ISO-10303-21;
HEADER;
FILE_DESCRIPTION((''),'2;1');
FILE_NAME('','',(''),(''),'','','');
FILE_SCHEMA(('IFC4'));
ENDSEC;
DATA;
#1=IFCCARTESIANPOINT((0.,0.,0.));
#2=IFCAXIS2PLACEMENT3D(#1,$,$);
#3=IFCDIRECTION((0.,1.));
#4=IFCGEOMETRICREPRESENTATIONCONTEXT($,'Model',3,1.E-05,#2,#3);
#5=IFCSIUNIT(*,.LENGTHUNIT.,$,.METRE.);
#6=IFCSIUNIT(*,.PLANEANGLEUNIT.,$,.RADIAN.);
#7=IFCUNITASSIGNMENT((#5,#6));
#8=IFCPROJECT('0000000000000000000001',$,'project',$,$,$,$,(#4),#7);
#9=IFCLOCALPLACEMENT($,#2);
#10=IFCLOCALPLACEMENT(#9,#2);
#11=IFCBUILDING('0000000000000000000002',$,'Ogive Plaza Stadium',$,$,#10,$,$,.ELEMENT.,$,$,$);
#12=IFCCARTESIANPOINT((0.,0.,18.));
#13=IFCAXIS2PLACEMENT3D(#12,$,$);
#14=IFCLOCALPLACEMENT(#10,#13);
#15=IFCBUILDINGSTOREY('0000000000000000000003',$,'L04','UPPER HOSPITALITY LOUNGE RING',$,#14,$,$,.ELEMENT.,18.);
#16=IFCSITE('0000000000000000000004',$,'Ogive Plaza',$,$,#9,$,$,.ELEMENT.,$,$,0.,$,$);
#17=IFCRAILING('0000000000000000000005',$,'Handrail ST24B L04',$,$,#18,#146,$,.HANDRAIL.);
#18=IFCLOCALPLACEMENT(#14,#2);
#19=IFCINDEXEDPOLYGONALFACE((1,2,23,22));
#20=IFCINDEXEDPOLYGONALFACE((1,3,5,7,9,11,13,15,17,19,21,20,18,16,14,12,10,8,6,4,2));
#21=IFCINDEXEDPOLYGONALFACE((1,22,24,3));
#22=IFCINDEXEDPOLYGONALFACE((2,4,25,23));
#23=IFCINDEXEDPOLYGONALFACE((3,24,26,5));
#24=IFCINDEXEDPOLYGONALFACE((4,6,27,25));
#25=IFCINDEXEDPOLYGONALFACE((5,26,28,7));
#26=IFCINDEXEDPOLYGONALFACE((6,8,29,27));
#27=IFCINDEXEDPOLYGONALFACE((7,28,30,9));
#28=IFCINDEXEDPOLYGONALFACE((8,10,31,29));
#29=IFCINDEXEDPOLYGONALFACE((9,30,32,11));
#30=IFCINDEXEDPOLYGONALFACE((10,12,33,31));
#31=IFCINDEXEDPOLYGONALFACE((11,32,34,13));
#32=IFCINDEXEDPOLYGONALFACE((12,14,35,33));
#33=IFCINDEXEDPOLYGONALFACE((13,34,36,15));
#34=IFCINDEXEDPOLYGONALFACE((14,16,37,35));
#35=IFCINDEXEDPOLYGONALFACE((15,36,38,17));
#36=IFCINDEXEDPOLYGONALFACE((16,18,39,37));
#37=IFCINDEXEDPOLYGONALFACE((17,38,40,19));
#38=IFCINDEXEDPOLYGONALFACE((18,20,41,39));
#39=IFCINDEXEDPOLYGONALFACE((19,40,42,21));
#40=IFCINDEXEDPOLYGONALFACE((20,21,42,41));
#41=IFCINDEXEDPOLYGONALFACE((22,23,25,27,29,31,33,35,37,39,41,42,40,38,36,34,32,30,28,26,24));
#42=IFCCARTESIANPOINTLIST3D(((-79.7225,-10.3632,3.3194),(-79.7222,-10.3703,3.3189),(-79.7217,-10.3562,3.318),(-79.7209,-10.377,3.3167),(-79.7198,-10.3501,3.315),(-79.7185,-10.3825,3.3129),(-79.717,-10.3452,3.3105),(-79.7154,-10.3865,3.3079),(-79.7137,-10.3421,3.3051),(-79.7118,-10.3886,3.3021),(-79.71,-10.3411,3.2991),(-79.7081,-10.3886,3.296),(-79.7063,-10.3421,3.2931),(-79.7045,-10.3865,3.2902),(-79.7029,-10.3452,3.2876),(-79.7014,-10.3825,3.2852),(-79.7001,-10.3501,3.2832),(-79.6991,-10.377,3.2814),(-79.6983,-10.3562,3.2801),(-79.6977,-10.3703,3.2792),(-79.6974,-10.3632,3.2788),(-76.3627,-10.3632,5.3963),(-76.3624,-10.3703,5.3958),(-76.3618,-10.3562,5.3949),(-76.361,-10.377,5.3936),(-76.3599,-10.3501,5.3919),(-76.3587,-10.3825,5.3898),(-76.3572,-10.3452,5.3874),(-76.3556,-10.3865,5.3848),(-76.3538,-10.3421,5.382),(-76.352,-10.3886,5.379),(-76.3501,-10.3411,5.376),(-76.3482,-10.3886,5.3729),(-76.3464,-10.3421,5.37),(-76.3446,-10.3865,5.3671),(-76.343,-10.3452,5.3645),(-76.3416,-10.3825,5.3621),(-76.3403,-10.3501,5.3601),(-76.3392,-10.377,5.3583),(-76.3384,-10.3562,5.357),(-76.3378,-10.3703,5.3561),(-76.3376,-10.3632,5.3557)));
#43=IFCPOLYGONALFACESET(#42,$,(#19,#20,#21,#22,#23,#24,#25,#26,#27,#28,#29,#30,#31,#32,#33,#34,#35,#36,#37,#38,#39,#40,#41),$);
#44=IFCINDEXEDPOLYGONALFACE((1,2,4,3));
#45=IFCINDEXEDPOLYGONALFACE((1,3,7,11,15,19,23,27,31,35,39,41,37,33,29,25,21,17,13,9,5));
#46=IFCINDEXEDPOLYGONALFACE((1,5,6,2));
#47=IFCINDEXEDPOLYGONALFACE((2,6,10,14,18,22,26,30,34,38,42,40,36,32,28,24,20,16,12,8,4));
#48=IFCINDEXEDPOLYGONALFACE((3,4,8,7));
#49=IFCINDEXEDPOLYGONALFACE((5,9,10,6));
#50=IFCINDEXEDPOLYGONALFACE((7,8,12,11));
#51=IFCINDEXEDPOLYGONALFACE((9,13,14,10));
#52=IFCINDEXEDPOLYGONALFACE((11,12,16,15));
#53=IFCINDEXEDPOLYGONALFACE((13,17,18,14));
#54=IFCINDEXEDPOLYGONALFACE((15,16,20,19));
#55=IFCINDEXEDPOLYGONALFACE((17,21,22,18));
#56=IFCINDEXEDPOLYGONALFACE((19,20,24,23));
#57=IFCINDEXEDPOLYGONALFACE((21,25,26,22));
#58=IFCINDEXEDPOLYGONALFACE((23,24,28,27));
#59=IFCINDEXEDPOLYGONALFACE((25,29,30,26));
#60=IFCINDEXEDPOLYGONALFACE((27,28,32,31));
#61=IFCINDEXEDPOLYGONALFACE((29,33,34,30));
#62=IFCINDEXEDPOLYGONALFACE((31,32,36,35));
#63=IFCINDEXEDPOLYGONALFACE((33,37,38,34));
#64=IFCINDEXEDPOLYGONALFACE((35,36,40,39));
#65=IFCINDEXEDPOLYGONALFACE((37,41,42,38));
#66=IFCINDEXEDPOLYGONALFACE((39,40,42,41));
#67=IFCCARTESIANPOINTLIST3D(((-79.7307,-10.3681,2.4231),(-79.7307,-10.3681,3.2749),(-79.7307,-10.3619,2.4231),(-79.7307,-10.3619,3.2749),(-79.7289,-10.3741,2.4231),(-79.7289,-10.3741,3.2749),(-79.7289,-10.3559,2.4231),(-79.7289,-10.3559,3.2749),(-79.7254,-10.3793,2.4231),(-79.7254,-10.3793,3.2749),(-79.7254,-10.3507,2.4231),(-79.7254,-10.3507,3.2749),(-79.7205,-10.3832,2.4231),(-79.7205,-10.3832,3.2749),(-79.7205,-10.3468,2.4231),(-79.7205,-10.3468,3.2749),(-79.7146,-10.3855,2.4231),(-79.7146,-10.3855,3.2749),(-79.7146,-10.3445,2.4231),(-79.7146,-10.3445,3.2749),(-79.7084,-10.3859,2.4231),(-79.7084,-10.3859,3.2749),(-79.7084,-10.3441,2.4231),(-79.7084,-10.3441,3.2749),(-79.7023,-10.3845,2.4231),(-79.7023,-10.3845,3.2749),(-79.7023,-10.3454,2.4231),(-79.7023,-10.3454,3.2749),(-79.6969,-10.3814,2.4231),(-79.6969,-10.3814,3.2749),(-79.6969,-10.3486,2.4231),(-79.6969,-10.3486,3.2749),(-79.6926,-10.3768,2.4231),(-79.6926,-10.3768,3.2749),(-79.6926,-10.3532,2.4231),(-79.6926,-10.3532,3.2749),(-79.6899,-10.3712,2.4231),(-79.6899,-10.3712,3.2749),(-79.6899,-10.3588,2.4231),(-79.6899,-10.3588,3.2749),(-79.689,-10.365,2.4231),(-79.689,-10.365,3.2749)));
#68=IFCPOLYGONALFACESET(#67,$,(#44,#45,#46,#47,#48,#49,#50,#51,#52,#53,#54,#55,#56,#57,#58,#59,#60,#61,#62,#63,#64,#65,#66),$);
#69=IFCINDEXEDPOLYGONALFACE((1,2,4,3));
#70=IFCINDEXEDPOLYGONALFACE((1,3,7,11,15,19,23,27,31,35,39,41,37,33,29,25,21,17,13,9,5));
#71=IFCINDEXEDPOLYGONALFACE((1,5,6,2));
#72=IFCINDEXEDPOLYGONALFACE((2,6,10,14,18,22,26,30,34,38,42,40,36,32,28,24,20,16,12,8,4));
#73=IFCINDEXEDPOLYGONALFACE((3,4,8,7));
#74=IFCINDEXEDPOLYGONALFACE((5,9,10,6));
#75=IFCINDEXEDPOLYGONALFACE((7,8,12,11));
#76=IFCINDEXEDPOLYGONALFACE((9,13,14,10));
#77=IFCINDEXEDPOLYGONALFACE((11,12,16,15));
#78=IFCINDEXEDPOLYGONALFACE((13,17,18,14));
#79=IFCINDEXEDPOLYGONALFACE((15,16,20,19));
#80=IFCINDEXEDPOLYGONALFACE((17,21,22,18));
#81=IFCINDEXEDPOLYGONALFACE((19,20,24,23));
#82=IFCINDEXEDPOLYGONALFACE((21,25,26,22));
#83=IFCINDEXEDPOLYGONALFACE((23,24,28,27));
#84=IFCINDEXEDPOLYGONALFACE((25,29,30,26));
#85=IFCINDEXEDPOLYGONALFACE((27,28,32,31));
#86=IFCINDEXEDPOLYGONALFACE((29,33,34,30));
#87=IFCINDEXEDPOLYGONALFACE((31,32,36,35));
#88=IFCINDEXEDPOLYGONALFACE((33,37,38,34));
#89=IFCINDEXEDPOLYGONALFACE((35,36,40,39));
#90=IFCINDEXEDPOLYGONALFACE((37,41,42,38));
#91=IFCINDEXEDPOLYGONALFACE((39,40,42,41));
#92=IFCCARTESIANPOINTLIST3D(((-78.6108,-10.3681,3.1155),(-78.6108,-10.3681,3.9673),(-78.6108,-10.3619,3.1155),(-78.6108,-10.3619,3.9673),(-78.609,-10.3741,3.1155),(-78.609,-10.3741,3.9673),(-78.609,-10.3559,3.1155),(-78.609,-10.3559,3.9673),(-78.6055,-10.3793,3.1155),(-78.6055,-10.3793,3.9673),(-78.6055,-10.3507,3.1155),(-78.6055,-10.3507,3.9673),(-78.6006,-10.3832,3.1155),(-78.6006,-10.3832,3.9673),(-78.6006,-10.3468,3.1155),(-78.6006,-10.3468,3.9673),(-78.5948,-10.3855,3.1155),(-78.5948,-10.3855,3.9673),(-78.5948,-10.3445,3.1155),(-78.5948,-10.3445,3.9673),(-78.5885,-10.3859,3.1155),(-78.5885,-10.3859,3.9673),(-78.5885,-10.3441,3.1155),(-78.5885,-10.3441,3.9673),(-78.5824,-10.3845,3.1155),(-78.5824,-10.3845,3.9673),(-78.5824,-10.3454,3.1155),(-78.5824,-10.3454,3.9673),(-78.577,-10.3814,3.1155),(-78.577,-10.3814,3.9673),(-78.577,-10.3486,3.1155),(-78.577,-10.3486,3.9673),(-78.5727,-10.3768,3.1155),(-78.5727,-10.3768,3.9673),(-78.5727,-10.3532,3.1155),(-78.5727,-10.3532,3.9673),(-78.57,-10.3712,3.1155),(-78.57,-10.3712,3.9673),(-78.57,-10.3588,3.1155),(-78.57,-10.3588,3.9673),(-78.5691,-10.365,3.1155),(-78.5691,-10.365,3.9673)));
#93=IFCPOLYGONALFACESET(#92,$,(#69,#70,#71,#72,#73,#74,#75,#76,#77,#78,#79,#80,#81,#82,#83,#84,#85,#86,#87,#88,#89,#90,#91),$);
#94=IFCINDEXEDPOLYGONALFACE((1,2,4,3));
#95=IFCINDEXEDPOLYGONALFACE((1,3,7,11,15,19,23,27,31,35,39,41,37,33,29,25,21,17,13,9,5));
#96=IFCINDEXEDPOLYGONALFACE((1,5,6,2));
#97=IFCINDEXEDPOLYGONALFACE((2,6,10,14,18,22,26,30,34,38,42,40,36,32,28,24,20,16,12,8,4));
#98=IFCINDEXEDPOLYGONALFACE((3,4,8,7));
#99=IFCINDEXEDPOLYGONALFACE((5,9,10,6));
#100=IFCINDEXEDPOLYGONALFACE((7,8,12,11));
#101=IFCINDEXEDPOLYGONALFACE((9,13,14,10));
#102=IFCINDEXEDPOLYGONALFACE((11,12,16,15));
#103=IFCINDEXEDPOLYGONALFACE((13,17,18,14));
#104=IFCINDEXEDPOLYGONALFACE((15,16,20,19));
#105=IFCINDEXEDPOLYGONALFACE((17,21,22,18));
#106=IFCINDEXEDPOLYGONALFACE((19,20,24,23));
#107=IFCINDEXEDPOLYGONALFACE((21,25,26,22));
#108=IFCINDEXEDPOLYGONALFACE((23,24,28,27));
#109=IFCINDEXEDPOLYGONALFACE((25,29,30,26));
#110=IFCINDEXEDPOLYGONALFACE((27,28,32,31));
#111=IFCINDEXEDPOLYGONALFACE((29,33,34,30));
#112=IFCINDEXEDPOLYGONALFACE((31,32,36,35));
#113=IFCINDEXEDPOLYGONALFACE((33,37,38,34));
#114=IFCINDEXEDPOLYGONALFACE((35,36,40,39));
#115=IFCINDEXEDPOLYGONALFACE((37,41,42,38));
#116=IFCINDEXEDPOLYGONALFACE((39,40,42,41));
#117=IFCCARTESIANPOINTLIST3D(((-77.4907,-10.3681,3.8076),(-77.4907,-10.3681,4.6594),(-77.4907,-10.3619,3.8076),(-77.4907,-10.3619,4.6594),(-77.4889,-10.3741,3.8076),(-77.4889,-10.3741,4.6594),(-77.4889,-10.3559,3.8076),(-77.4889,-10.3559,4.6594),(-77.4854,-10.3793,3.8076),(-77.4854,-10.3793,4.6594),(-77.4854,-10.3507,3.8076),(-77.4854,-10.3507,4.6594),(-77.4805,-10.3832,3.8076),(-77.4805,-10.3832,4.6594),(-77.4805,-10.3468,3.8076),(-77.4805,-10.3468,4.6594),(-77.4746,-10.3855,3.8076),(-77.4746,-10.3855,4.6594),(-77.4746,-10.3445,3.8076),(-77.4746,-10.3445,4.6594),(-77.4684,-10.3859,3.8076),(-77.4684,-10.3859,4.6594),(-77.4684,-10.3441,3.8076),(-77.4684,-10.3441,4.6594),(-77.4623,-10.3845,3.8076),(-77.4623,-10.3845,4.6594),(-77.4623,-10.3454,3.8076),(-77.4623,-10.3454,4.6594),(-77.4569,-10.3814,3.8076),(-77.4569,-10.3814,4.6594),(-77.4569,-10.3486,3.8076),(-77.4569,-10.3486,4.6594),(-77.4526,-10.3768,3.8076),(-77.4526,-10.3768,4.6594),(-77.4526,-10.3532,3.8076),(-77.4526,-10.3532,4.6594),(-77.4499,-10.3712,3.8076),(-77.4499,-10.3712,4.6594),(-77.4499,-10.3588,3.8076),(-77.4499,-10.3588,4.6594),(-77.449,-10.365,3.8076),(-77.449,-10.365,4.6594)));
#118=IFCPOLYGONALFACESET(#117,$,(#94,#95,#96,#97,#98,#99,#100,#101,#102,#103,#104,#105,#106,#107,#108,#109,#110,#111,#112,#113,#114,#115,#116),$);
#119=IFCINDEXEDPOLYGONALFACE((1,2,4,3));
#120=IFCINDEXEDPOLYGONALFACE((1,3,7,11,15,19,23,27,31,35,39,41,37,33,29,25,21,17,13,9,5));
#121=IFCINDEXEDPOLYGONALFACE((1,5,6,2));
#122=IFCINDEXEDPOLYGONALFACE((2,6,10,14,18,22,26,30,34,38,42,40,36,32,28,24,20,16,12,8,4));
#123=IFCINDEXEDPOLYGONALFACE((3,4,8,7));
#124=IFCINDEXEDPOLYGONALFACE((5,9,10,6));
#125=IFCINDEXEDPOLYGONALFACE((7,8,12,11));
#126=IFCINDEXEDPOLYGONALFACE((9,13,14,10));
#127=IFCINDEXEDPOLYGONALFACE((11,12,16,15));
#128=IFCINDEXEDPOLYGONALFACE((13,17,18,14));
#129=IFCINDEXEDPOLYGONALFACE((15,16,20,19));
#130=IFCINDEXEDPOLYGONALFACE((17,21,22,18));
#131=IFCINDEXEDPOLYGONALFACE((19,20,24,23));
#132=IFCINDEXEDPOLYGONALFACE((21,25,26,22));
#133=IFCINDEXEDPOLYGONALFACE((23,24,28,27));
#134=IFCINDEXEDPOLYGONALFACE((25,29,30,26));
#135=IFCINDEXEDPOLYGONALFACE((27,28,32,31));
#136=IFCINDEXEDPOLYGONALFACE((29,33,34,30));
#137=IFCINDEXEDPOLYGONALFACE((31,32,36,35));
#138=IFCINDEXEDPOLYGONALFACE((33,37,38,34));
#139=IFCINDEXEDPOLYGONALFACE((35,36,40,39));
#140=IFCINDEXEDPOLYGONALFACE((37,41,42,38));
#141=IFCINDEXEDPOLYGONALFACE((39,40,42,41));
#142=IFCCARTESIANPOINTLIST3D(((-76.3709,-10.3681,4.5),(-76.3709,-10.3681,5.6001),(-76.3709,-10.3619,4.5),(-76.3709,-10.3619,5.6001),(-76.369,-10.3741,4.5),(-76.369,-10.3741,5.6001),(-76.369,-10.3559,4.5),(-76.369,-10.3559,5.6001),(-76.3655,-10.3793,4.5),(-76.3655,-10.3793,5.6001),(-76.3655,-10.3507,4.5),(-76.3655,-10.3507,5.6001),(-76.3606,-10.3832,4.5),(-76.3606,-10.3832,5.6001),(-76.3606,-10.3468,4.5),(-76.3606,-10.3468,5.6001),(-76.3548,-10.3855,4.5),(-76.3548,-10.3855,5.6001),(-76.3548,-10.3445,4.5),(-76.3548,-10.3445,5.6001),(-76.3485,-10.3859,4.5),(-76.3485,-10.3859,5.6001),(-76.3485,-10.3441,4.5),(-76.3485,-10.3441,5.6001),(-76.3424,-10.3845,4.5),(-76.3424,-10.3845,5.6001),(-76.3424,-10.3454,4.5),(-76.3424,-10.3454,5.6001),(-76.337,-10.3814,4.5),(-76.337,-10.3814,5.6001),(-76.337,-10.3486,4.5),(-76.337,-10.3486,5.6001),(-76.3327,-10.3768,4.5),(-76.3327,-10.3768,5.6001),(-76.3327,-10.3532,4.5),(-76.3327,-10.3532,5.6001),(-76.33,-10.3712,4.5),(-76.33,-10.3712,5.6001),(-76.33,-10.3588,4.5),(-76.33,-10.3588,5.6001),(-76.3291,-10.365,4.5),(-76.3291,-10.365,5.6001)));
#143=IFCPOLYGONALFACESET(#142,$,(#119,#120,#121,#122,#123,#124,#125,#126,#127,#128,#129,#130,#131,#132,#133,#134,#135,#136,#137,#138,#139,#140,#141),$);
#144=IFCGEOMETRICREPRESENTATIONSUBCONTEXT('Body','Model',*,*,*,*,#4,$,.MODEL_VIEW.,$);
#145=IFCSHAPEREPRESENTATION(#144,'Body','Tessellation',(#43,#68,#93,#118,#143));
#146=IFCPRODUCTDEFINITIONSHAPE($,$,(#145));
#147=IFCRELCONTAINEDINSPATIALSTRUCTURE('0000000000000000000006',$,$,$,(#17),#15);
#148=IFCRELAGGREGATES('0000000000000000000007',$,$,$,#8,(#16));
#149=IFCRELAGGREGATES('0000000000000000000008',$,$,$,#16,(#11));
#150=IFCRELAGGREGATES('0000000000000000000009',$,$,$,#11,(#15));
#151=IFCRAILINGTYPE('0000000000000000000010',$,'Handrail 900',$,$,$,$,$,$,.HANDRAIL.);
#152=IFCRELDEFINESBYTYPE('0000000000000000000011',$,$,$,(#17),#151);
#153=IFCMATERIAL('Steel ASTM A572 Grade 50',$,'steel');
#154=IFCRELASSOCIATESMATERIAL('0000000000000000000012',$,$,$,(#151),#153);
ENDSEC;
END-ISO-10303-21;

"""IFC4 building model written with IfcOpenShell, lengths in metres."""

from ifc_helpers import new_model, si_unit, direction, frame, origin, origin_2d, place, context, subcontext, project, spatial, circle, extrude, material, type_object, element, save


model = new_model("IFC4")

# Units and contexts
model_context = context("Model", 3, precision=1e-05, world=origin(), true_north=direction((0.0, 1.0)))
body_context = subcontext(model_context, "Body", "Model", "MODEL_VIEW")
ifc_project = project(units=[si_unit("LENGTHUNIT", "METRE"), si_unit("PLANEANGLEUNIT", "RADIAN")], contexts=[model_context])

# Site, building, storey
site_placement = place(None, origin())
site = spatial("IfcSite", under=ifc_project, at=site_placement, Name="Ogive Plaza", CompositionType="ELEMENT", RefElevation=0.0)
building_placement = place(site_placement, origin())
building = spatial("IfcBuilding", under=site, at=building_placement, Name="Ogive Plaza Stadium", CompositionType="ELEMENT")
storey_placement = place(building_placement, frame((0.0, 0.0, 18.0)))
storey = spatial("IfcBuildingStorey", under=building, at=storey_placement, Name="L04", Description="UPPER HOSPITALITY LOUNGE RING", CompositionType="ELEMENT", Elevation=18.0)

# Railing
ifc_material_1 = material(Name="Steel ASTM A572 Grade 50", Category="steel")
railing_type = type_object("IfcRailingType", Name="Handrail 900", PredefinedType="HANDRAIL", material=ifc_material_1)
for number, where, name in (
    (1, (-79.71, -10.365, 2.4231), "Handrail ST24B L04"),
):
    element("IfcRailing", number, at=place(storey_placement, frame(where)), inside=storey, type_object=railing_type, Name=name, PredefinedType="HANDRAIL", context=body_context, shape_type="SweptSolid", body=[
        extrude(circle(Radius=0.0239, at=origin_2d()), frame((0.0, 0.0, 0.876), z_axis=(0.850606, 0.0, 0.525803), x_axis=(0.0, 1.0, 0.0)), (0.0, 0.0, 1.0), 3.95),
        extrude(circle(Radius=0.021, at=origin_2d()), origin(), (0.0, 0.0, 1.0), 0.8518),
        extrude(circle(Radius=0.021, at=origin_2d()), frame((1.1199, 0.0, 0.6924)), (0.0, 0.0, 1.0), 0.8518),
        extrude(circle(Radius=0.021, at=origin_2d()), frame((2.24, 0.0, 1.3845)), (0.0, 0.0, 1.0), 0.8518),
        extrude(circle(Radius=0.021, at=origin_2d()), frame((3.3599, 0.0, 2.0769)), (0.0, 0.0, 1.0), 1.1001),
    ])

save(model, "model.ifc")
